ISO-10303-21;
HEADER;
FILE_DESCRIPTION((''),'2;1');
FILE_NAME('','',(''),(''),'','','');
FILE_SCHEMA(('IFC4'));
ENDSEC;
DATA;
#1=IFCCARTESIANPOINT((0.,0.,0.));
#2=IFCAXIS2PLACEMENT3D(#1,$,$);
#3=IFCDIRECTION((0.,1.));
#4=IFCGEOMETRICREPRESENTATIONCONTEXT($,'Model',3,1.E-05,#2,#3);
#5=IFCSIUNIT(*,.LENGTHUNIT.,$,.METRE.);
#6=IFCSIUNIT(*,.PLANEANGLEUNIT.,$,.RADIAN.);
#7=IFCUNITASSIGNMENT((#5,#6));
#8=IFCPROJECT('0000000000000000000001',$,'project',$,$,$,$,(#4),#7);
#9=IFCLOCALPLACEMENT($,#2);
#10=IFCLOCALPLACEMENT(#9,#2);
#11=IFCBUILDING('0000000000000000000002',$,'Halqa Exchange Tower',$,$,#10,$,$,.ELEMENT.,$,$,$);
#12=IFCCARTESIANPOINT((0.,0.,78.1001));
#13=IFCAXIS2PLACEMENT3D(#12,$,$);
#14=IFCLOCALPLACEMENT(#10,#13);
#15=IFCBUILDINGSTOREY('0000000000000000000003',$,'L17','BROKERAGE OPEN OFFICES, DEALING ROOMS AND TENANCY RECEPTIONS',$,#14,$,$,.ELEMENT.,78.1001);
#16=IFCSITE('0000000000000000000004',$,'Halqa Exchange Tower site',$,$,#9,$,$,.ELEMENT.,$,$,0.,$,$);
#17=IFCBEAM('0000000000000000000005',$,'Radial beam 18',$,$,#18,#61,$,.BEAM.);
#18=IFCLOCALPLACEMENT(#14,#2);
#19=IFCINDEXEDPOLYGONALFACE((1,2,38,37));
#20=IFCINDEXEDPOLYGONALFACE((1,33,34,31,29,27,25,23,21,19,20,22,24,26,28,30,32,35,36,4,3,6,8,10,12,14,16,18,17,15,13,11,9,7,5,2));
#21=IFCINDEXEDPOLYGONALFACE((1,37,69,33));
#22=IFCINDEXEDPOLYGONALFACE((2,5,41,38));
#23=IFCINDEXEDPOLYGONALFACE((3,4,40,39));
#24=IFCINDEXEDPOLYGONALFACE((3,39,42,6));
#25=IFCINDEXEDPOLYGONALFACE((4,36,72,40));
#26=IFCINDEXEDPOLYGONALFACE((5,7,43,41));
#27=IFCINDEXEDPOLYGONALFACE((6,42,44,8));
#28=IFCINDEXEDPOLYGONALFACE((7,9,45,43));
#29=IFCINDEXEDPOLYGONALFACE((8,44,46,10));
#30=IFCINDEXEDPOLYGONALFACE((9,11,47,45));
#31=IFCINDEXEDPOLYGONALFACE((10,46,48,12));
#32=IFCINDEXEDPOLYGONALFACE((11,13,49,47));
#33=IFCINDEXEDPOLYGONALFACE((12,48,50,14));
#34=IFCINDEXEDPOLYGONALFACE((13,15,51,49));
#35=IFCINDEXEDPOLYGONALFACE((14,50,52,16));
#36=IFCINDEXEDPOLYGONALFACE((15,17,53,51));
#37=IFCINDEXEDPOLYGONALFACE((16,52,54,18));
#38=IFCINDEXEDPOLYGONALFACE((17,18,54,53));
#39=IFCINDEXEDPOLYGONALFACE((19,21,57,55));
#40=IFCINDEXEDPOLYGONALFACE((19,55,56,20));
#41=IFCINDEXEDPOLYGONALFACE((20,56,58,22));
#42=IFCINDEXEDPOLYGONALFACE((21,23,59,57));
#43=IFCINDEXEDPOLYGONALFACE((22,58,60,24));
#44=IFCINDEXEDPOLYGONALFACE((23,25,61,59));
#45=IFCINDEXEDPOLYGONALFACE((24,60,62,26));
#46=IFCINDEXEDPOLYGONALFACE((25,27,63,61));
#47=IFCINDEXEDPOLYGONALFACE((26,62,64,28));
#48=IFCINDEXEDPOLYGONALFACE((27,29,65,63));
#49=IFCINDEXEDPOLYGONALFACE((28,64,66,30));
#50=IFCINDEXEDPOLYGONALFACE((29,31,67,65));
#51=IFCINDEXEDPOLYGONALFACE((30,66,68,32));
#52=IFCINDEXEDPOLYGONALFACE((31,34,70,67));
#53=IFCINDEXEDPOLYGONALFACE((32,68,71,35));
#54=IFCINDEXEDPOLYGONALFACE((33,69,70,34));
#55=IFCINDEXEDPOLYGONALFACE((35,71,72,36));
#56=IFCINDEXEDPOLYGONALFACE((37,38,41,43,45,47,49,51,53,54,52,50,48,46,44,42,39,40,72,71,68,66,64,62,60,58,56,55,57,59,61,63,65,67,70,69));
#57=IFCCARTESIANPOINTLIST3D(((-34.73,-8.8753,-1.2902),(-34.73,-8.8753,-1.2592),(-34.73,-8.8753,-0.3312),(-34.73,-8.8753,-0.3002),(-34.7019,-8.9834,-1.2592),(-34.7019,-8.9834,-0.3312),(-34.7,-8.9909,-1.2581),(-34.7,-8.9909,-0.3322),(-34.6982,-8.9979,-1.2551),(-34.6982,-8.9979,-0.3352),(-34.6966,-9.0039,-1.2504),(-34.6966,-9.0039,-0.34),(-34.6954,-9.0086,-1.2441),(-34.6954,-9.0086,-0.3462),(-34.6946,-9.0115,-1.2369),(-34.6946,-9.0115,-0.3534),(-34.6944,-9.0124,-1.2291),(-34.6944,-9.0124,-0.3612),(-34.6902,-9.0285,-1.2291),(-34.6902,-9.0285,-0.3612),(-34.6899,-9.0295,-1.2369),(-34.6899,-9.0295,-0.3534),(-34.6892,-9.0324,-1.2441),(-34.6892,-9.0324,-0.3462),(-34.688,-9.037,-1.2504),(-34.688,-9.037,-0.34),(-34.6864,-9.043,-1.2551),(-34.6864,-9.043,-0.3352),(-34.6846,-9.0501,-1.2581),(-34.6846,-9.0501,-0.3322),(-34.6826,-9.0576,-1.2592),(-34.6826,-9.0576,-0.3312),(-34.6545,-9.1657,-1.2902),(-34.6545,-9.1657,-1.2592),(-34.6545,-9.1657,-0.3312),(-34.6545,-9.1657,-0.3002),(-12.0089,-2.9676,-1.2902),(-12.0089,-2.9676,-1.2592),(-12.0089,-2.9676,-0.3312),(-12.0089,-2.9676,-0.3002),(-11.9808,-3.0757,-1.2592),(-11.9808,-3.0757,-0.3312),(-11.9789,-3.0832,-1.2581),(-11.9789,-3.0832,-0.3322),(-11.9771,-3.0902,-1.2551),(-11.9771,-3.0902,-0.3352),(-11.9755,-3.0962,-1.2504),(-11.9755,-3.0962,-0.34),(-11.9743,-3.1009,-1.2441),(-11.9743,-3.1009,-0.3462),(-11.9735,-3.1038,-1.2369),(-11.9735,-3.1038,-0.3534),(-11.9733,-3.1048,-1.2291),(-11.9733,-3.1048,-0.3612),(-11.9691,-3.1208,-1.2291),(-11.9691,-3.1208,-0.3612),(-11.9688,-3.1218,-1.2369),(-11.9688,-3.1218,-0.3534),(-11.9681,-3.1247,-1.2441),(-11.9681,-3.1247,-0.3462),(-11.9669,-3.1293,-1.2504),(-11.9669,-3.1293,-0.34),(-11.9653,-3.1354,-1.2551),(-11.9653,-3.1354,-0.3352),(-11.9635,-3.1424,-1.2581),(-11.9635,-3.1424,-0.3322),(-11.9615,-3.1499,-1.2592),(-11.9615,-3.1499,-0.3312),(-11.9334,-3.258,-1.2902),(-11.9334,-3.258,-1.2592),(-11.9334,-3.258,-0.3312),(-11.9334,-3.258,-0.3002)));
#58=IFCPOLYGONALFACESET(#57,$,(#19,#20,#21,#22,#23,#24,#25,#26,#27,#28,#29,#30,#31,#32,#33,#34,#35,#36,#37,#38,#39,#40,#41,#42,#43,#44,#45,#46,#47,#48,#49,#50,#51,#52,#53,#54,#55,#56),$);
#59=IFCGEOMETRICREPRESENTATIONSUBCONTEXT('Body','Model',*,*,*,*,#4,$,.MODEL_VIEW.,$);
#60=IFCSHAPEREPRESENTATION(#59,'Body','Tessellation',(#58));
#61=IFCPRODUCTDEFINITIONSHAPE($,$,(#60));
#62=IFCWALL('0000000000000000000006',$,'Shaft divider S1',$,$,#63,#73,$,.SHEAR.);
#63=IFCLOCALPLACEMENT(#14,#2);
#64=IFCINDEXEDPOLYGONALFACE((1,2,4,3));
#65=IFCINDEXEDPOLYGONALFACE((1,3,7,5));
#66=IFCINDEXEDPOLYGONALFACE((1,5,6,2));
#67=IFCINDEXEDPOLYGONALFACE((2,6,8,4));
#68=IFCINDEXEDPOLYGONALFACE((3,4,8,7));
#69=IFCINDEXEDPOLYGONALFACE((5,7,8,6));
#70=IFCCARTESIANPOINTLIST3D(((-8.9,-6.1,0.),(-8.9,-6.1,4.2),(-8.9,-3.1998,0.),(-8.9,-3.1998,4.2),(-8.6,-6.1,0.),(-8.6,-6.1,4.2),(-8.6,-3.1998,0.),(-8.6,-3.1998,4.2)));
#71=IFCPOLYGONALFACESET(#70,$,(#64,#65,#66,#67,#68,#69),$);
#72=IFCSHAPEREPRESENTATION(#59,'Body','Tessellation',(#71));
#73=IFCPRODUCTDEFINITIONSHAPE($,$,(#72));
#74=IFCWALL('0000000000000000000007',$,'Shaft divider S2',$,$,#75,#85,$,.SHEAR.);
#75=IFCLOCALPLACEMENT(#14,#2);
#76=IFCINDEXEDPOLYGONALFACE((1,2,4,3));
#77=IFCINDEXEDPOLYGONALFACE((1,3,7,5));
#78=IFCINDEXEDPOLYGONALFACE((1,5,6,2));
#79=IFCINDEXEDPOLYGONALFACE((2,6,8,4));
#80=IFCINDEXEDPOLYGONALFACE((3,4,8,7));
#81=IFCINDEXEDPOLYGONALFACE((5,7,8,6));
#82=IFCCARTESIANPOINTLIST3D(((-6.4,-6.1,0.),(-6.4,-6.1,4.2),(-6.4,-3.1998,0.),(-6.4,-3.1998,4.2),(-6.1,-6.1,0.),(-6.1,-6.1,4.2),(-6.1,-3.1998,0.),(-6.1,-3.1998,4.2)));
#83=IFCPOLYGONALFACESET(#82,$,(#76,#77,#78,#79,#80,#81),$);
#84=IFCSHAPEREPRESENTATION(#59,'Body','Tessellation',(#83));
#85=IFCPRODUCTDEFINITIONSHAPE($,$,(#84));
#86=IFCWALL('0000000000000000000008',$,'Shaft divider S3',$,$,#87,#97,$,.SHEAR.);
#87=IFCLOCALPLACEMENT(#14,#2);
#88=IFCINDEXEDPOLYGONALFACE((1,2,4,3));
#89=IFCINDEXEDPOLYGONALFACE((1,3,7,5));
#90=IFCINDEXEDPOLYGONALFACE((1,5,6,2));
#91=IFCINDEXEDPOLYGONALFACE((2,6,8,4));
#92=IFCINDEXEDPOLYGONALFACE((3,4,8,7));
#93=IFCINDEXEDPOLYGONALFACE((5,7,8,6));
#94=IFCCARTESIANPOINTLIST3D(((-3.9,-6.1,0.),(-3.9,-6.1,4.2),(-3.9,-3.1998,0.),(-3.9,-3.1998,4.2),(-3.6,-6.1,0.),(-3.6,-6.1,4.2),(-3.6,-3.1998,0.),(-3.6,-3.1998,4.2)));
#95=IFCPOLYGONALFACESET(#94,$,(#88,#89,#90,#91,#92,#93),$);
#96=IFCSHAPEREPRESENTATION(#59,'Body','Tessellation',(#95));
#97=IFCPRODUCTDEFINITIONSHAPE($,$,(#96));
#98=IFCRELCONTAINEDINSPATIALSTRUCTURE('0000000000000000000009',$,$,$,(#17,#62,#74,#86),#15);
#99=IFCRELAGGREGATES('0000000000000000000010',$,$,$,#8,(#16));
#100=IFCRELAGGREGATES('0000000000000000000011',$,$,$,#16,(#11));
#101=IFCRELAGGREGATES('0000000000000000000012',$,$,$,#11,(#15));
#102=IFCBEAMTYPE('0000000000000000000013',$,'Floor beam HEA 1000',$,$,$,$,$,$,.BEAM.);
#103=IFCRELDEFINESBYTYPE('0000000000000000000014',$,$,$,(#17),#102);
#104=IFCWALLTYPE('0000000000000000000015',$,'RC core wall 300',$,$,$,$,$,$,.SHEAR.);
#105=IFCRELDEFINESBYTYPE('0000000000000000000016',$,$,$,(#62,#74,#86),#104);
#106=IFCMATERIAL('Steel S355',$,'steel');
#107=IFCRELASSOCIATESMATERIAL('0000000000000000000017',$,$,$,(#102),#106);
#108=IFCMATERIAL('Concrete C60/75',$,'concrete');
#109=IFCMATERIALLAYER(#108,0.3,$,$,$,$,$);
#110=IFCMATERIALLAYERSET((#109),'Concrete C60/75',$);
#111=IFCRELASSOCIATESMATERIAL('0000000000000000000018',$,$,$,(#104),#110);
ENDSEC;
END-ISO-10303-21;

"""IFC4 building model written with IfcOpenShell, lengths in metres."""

from ifc_helpers import new_model, si_unit, direction, frame, frame_2d, origin, origin_2d, place, context, subcontext, project, spatial, rectangle, i_section, extrude, material, layer, layer_set, material_profile, profile_set, type_object, element, save


model = new_model("IFC4")

# Units and contexts
model_context = context("Model", 3, precision=1e-05, world=origin(), true_north=direction((0.0, 1.0)))
body_context = subcontext(model_context, "Body", "Model", "MODEL_VIEW")
ifc_project = project(units=[si_unit("LENGTHUNIT", "METRE"), si_unit("PLANEANGLEUNIT", "RADIAN")], contexts=[model_context])

# Site, building, storey
site_placement = place(None, origin())
site = spatial("IfcSite", under=ifc_project, at=site_placement, Name="Halqa Exchange Tower site", CompositionType="ELEMENT", RefElevation=0.0)
building_placement = place(site_placement, origin())
building = spatial("IfcBuilding", under=site, at=building_placement, Name="Halqa Exchange Tower", CompositionType="ELEMENT")
storey_placement = place(building_placement, frame((0.0, 0.0, 78.1001)))
storey = spatial("IfcBuildingStorey", under=building, at=storey_placement, Name="L17", Description="BROKERAGE OPEN OFFICES, DEALING ROOMS AND TENANCY RECEPTIONS", CompositionType="ELEMENT", Elevation=78.1001)

# Beam
ifc_material_1 = material(Name="Steel S355", Category="steel")
ifc_material_profile = material_profile(ifc_material_1, i_section(OverallWidth=0.3, OverallDepth=0.99, WebThickness=0.0166, FlangeThickness=0.031, FilletRadius=0.03, at=origin_2d()), Name="HEA 1000")
ifc_profile_set = profile_set([ifc_material_profile], Name="Steel S355")
beam_type = type_object("IfcBeamType", Name="Floor beam HEA 1000", PredefinedType="BEAM", material=ifc_profile_set)
beam_placement = place(storey_placement, frame((-11.9712, -3.1128, -0.7952), z_axis=(-0.96782, -0.251642, 0.0), x_axis=(0.251642, -0.96782, 0.0)))
element("IfcBeam", 1, at=beam_placement, inside=storey, type_object=beam_type, Name="Radial beam 18", PredefinedType="BEAM", context=body_context, shape_type="SweptSolid", body=[
    extrude(i_section(OverallWidth=0.3, OverallDepth=0.99, WebThickness=0.0166, FlangeThickness=0.031, FilletRadius=0.03, at=origin_2d()), origin(), (0.0, 0.0, 1.0), 23.4766),
])

# Walls
ifc_material_2 = material(Name="Concrete C60/75", Category="concrete")
ifc_layer_1 = layer(ifc_material_2, 0.3)
ifc_layer_set_1 = layer_set([ifc_layer_1], Name="Concrete C60/75")
wall_type_1 = type_object("IfcWallType", Name="RC core wall 300", PredefinedType="SHEAR", material=ifc_layer_set_1)
for number, where, z_axis, x_axis, name in (
    (2, (-8.75, -6.1001, 0.0), (0.0, 0.0, 1.0), (0.0, 1.0, 0.0), "Shaft divider S1"),
    (3, (-6.25, -6.1001, 0.0), (0.0, 0.0, 1.0), (0.0, 1.0, 0.0), "Shaft divider S2"),
    (4, (-3.75, -6.1001, 0.0), (0.0, 0.0, 1.0), (0.0, 1.0, 0.0), "Shaft divider S3"),
):
    element("IfcWall", number, at=place(storey_placement, frame(where, z_axis=z_axis, x_axis=x_axis)), inside=storey, type_object=wall_type_1, Name=name, PredefinedType="SHEAR", context=body_context, shape_type="SweptSolid", body=[
        extrude(rectangle(XDim=2.9001, YDim=0.3, at=frame_2d((1.4502, 0.0))), origin(), (0.0, 0.0, 1.0), 4.2),
    ])

save(model, "model.ifc")
